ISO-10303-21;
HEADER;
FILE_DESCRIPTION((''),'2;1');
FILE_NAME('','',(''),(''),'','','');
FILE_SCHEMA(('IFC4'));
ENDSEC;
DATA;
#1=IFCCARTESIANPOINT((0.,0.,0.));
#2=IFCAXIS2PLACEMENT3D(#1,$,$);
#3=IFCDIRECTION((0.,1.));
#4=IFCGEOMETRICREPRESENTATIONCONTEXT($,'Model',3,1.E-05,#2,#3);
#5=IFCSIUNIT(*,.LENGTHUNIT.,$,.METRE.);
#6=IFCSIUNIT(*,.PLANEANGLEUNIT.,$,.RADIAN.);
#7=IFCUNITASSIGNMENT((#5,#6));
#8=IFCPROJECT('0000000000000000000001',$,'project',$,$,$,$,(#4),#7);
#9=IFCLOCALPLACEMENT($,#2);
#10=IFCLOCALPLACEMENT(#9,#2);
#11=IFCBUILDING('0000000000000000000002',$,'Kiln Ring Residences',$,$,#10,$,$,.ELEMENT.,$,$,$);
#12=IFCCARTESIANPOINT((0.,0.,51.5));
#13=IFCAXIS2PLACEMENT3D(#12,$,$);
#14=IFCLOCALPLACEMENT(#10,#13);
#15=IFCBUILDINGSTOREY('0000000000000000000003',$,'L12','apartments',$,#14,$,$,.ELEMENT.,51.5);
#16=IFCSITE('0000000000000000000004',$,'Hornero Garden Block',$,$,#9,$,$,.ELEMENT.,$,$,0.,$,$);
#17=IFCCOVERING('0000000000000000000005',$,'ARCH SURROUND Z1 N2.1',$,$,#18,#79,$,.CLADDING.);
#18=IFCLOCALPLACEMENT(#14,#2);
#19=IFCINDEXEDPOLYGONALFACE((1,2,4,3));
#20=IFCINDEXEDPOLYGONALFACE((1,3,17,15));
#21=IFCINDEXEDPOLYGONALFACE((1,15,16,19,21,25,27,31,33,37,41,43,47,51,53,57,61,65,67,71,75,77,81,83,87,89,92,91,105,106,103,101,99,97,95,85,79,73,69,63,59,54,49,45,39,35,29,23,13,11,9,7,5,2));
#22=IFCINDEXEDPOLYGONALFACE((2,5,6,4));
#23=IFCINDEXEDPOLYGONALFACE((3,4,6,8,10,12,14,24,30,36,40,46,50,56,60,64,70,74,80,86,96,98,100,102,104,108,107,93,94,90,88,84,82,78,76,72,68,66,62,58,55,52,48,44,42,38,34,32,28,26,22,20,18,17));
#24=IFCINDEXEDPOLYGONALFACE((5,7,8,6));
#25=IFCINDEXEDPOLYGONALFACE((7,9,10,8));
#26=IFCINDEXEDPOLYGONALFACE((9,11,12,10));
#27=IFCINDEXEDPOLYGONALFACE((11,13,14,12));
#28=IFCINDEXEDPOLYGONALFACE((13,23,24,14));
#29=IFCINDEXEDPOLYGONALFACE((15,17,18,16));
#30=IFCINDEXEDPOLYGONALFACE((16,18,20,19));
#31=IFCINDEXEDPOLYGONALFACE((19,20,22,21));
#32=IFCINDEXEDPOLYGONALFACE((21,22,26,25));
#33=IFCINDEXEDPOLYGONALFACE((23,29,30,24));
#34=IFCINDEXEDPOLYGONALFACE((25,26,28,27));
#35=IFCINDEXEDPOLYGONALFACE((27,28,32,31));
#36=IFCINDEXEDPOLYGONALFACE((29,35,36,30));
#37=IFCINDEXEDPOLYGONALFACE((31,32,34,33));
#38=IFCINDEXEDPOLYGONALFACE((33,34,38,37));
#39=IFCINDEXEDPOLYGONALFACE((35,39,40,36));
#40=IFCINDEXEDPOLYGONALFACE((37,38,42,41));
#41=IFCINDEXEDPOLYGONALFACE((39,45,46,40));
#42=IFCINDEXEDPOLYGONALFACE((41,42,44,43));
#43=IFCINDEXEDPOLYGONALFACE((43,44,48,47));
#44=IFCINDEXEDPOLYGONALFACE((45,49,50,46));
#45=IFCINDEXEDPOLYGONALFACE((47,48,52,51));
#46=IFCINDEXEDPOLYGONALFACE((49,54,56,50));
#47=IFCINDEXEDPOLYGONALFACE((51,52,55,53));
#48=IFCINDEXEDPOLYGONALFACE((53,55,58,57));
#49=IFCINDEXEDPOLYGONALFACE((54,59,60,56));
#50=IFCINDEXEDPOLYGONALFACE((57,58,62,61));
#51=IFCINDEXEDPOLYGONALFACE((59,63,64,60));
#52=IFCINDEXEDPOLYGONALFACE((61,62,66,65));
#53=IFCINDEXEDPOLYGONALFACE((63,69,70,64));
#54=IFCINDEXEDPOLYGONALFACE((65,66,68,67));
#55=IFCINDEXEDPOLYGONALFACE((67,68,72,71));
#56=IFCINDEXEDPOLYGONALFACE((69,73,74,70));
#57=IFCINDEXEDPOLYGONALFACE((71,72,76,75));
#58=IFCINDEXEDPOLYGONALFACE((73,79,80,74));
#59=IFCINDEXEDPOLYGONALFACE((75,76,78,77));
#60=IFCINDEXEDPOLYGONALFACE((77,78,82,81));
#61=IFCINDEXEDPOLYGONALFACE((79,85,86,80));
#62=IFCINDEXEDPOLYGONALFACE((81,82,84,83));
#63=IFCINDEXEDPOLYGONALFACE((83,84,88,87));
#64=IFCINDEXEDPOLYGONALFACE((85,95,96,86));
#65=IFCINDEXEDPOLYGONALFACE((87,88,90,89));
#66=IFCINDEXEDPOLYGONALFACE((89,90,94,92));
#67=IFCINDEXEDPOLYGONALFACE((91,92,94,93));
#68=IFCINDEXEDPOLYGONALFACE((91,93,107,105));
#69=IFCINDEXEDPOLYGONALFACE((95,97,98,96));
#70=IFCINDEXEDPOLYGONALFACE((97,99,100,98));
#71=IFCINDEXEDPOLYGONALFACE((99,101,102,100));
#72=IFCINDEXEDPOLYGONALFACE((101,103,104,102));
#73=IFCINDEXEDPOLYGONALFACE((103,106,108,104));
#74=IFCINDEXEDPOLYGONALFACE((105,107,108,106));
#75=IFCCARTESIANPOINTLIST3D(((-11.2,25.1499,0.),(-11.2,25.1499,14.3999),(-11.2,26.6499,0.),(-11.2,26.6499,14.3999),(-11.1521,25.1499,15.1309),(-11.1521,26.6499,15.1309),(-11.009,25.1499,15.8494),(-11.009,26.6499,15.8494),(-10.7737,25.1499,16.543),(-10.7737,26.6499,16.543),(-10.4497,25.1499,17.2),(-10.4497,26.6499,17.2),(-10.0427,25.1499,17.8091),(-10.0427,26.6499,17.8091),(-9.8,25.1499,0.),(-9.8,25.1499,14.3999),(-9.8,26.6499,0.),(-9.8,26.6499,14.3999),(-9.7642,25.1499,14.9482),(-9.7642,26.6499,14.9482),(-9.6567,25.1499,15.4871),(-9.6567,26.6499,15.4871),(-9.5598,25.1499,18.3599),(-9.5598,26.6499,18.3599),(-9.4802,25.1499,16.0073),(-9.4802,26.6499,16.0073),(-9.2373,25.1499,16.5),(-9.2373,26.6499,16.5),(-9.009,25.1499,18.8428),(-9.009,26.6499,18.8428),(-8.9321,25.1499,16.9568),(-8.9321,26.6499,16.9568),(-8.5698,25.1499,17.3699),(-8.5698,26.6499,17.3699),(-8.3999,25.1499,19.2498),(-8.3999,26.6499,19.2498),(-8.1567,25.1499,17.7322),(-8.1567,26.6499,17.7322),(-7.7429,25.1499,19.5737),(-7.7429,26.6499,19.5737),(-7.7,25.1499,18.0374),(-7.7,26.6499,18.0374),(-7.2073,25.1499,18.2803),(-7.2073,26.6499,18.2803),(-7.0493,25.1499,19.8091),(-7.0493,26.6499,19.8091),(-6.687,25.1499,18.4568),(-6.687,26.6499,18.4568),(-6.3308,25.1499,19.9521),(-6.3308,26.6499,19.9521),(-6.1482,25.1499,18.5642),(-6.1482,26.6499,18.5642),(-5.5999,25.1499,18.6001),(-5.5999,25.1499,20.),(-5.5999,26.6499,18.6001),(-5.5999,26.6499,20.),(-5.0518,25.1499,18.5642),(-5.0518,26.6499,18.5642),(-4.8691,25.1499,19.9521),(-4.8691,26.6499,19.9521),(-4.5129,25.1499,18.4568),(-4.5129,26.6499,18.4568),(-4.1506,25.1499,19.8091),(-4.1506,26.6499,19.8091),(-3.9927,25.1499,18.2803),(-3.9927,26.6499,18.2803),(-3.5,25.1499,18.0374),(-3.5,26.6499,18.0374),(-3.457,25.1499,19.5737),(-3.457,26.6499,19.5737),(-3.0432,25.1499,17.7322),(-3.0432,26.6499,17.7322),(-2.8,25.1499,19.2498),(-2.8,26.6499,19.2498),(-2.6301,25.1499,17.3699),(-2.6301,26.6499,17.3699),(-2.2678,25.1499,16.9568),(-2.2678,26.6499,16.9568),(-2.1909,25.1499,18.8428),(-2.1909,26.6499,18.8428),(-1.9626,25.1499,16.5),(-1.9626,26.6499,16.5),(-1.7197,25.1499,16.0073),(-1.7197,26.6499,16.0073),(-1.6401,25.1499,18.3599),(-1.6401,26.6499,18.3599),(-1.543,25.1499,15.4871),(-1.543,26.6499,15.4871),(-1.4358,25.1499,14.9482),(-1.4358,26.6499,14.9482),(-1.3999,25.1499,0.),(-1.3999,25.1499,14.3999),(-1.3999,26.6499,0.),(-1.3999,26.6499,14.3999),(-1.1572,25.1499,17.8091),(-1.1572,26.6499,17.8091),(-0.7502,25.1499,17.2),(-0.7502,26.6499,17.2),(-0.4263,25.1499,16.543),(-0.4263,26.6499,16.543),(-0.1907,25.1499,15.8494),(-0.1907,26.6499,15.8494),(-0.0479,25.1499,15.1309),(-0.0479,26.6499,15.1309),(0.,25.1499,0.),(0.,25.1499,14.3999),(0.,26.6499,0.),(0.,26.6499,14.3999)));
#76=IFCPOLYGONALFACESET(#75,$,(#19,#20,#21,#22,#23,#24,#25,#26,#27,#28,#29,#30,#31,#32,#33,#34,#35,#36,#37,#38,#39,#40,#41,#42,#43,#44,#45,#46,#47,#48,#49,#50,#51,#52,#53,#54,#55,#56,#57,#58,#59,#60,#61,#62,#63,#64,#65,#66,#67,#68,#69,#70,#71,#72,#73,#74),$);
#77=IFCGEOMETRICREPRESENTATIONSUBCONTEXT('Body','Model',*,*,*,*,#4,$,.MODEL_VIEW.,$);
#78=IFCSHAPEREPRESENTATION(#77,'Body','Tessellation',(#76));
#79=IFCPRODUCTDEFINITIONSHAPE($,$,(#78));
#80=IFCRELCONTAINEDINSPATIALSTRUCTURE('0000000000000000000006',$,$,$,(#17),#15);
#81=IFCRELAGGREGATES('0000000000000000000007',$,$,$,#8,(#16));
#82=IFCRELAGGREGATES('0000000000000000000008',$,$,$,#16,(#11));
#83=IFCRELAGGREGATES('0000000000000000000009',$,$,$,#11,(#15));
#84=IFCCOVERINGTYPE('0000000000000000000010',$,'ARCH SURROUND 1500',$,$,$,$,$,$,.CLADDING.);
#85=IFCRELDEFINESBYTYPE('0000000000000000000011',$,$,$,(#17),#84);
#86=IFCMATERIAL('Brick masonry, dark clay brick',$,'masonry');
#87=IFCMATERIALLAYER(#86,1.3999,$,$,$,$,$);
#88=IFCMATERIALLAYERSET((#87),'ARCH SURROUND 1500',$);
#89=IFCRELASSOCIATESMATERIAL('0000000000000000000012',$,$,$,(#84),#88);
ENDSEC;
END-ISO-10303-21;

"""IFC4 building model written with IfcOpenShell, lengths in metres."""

from ifc_helpers import new_model, si_unit, direction, frame, origin, place, context, subcontext, project, spatial, polyline, outline, extrude, material, layer, layer_set, type_object, element, save


model = new_model("IFC4")

# Units and contexts
model_context = context("Model", 3, precision=1e-05, world=origin(), true_north=direction((0.0, 1.0)))
body_context = subcontext(model_context, "Body", "Model", "MODEL_VIEW")
ifc_project = project(units=[si_unit("LENGTHUNIT", "METRE"), si_unit("PLANEANGLEUNIT", "RADIAN")], contexts=[model_context])

# Site, building, storey
site_placement = place(None, origin())
site = spatial("IfcSite", under=ifc_project, at=site_placement, Name="Hornero Garden Block", CompositionType="ELEMENT", RefElevation=0.0)
building_placement = place(site_placement, origin())
building = spatial("IfcBuilding", under=site, at=building_placement, Name="Kiln Ring Residences", CompositionType="ELEMENT")
storey_placement = place(building_placement, frame((0.0, 0.0, 51.5)))
storey = spatial("IfcBuildingStorey", under=building, at=storey_placement, Name="L12", Description="apartments", CompositionType="ELEMENT", Elevation=51.5)

# Covering
ifc_material_1 = material(Name="Brick masonry, dark clay brick", Category="masonry")
ifc_layer_1 = layer(ifc_material_1, 1.3999)
ifc_layer_set_1 = layer_set([ifc_layer_1], Name="ARCH SURROUND 1500")
covering_type = type_object("IfcCoveringType", Name="ARCH SURROUND 1500", PredefinedType="CLADDING", material=ifc_layer_set_1)
covering_placement = place(storey_placement, frame((-11.2, 25.8999, 0.0), z_axis=(0.0, 0.0, 1.0), x_axis=(1.0, 0.0, 0.0)))
element("IfcCovering", 1, at=covering_placement, inside=storey, type_object=covering_type, Name="ARCH SURROUND Z1 N2.1", PredefinedType="CLADDING", context=body_context, shape_type="SweptSolid", body=[
    extrude(outline(polyline([(0.0, 0.0), (0.0, 14.3999), (0.0479, 15.1309), (0.1909, 15.8494), (0.4263, 16.543), (0.7502, 17.2), (1.1572, 17.8091), (1.6401, 18.3599), (2.1909, 18.8428), (2.8, 19.2498), (3.457, 19.5737), (4.1506, 19.8091), (4.8691, 19.9521), (5.6001, 20.0), (6.3308, 19.9521), (7.0493, 19.8091), (7.7429, 19.5737), (8.3999, 19.2498), (9.009, 18.8428), (9.5598, 18.3599), (10.0427, 17.8091), (10.4497, 17.2), (10.7737, 16.543), (11.0093, 15.8494), (11.1521, 15.1309), (11.2, 14.3999), (11.2, 0.0), (9.8, 0.0), (9.8, 14.3999), (9.7642, 14.9482), (9.657, 15.4871), (9.4802, 16.0073), (9.2373, 16.5), (8.9321, 16.9568), (8.5698, 17.3699), (8.1567, 17.7322), (7.7, 18.0374), (7.2073, 18.2803), (6.687, 18.4568), (6.1482, 18.5642), (5.6001, 18.6001), (5.0518, 18.5642), (4.5129, 18.4568), (3.9927, 18.2803), (3.5, 18.0374), (3.0432, 17.7322), (2.6301, 17.3699), (2.2678, 16.9568), (1.9626, 16.5), (1.7197, 16.0073), (1.5432, 15.4871), (1.4358, 14.9482), (1.3999, 14.3999), (1.3999, 0.0), (0.0, 0.0)])), frame((0.0, 0.75, 0.0), z_axis=(0.0, -1.0, 0.0), x_axis=(1.0, 0.0, 0.0)), (0.0, 0.0, 1.0), 1.5),
])

save(model, "model.ifc")
